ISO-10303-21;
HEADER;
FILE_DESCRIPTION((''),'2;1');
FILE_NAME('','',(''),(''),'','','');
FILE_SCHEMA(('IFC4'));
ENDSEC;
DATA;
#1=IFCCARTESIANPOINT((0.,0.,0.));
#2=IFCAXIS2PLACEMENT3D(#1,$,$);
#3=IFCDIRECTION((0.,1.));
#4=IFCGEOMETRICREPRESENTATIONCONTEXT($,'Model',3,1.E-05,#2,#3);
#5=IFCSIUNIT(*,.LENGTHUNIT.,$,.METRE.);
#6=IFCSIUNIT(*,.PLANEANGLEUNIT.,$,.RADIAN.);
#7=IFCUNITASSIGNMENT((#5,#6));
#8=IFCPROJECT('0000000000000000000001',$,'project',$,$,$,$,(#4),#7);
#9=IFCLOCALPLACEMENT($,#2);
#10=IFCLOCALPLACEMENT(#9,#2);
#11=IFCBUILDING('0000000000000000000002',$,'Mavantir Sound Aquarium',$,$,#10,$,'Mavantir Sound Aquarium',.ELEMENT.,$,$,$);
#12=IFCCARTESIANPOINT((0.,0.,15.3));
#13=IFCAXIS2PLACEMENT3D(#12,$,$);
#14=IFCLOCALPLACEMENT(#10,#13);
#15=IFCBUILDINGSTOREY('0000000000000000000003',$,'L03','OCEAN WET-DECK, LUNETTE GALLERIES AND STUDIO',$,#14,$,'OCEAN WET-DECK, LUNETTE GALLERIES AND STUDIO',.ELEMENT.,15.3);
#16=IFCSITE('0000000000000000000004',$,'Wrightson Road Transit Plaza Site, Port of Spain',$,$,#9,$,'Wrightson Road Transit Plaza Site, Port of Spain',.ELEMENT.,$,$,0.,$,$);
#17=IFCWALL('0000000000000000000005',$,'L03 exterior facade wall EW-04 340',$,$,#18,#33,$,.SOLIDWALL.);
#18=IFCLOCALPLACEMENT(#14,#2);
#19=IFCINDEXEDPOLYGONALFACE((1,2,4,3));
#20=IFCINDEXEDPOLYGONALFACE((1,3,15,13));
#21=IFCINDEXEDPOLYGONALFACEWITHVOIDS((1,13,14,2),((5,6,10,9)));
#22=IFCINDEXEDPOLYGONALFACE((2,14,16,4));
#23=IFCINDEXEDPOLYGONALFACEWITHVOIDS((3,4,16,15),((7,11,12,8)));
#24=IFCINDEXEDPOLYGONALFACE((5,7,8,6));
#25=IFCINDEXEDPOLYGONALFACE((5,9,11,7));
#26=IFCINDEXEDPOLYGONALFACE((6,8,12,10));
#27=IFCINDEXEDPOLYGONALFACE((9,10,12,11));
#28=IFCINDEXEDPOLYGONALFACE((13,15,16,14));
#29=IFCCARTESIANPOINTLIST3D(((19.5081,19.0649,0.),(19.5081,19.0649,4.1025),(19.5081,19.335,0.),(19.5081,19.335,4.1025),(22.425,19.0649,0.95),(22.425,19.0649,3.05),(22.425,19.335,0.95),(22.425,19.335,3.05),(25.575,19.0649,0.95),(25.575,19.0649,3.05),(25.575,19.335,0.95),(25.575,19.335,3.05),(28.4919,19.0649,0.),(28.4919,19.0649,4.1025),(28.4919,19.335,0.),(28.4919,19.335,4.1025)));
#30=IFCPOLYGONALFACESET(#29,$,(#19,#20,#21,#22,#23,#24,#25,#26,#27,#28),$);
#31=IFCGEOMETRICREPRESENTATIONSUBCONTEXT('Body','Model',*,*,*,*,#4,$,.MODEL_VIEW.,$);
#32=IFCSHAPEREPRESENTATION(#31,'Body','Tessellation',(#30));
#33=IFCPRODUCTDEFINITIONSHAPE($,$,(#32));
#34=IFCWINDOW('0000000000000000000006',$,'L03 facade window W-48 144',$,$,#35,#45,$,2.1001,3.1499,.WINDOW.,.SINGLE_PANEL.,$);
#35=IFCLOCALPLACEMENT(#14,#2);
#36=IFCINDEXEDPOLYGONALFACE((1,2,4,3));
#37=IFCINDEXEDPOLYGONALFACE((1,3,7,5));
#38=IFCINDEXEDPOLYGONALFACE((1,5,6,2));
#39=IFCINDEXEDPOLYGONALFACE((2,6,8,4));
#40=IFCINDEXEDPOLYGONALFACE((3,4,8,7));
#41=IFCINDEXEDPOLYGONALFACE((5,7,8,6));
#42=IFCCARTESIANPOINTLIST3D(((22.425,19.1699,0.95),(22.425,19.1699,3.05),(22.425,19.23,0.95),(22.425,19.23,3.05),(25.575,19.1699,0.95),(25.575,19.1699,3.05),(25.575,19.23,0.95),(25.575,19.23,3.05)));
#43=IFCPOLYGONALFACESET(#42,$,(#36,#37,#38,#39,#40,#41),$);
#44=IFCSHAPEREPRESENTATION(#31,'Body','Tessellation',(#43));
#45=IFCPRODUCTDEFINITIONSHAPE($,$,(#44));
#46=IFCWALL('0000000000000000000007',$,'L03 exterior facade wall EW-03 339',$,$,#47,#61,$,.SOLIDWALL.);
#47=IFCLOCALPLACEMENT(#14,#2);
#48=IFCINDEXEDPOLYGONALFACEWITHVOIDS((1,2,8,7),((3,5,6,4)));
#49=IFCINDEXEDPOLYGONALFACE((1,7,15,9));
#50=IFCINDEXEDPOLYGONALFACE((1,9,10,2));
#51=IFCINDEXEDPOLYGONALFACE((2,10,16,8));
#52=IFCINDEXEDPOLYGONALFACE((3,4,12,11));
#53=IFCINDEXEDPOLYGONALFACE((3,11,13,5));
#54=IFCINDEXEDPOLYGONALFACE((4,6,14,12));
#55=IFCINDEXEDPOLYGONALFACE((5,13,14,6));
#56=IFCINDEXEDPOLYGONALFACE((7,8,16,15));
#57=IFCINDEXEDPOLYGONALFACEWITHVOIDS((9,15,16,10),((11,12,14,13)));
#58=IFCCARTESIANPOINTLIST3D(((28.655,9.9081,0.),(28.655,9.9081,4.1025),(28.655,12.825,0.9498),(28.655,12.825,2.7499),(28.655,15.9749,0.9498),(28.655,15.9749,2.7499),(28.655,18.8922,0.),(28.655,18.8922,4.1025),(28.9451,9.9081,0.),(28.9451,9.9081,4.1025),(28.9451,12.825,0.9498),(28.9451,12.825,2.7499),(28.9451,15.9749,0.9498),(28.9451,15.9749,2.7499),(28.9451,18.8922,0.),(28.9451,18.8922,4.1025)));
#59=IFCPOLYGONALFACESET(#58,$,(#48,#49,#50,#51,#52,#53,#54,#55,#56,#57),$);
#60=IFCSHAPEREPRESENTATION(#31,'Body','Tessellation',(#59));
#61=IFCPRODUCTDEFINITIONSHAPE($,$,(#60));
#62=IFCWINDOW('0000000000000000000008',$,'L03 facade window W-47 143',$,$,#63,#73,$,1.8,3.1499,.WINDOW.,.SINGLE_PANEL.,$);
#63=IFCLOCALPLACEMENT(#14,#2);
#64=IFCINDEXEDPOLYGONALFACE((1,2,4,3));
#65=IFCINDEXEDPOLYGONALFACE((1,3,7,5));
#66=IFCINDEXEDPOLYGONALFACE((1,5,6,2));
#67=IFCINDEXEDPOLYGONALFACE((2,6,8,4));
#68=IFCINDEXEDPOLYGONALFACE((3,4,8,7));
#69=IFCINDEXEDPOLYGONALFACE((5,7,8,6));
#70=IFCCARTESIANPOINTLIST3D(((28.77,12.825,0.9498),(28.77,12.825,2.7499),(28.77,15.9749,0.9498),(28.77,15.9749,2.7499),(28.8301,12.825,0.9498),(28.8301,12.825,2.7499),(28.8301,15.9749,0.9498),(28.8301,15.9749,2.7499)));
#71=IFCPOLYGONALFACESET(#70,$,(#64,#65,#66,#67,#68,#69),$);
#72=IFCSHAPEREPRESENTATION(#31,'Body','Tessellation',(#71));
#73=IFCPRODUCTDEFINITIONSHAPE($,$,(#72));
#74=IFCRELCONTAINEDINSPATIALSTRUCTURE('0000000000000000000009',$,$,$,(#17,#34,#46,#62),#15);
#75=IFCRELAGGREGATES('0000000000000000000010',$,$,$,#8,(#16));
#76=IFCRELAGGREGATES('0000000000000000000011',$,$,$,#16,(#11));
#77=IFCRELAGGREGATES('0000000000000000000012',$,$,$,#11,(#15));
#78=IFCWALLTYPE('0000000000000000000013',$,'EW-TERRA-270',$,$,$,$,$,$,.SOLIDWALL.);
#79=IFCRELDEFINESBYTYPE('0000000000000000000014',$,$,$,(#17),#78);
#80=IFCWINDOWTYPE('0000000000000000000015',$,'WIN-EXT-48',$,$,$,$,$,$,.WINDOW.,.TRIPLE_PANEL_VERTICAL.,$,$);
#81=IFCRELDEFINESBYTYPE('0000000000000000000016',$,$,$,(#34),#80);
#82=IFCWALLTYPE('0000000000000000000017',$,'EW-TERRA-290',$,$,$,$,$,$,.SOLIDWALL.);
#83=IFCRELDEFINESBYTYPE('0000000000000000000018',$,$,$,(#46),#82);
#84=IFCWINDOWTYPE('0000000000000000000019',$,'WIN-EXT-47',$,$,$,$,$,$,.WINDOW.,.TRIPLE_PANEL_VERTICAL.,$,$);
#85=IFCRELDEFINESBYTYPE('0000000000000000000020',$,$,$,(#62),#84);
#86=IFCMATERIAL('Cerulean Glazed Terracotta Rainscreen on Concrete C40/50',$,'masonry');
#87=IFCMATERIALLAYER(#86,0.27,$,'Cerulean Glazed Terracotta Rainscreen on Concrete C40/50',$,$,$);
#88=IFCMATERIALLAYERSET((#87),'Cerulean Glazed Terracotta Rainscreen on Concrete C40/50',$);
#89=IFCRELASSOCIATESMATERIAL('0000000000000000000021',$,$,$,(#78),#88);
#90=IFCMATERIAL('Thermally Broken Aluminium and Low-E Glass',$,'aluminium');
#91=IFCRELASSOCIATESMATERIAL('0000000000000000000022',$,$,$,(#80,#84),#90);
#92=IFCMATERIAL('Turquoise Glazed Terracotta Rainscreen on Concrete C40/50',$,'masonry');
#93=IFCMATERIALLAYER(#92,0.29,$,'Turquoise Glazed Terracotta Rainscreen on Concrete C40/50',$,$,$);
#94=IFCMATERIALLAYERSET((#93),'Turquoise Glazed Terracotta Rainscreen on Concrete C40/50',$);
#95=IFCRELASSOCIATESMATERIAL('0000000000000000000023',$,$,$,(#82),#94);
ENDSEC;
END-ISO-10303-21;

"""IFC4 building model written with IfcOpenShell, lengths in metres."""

from ifc_helpers import new_model, si_unit, direction, frame, frame_2d, origin, place, context, subcontext, project, spatial, rectangle, extrude, material, layer, layer_set, type_object, element, fill, save


model = new_model("IFC4")

# Units and contexts
model_context = context("Model", 3, precision=1e-05, world=origin(), true_north=direction((0.0, 1.0)))
body_context = subcontext(model_context, "Body", "Model", "MODEL_VIEW")
ifc_project = project(units=[si_unit("LENGTHUNIT", "METRE"), si_unit("PLANEANGLEUNIT", "RADIAN")], contexts=[model_context])

# Site, building, storey
site_placement = place(None, origin())
site = spatial("IfcSite", under=ifc_project, at=site_placement, Name="Wrightson Road Transit Plaza Site, Port of Spain", LongName="Wrightson Road Transit Plaza Site, Port of Spain", CompositionType="ELEMENT", RefElevation=0.0)
building_placement = place(site_placement, origin())
building = spatial("IfcBuilding", under=site, at=building_placement, Name="Mavantir Sound Aquarium", LongName="Mavantir Sound Aquarium", CompositionType="ELEMENT")
storey_placement = place(building_placement, frame((0.0, 0.0, 15.3)))
storey = spatial("IfcBuildingStorey", under=building, at=storey_placement, Name="L03", Description="OCEAN WET-DECK, LUNETTE GALLERIES AND STUDIO", LongName="OCEAN WET-DECK, LUNETTE GALLERIES AND STUDIO", CompositionType="ELEMENT", Elevation=15.3)

# Shared definitions
ifc_material_1 = material(Name="Thermally Broken Aluminium and Low-E Glass", Category="aluminium")

# Walls, openings, windows
ifc_material_2 = material(Name="Cerulean Glazed Terracotta Rainscreen on Concrete C40/50", Category="masonry")
ifc_layer_1 = layer(ifc_material_2, 0.27, Name="Cerulean Glazed Terracotta Rainscreen on Concrete C40/50")
ifc_layer_set_1 = layer_set([ifc_layer_1], Name="Cerulean Glazed Terracotta Rainscreen on Concrete C40/50")
wall_type_1 = type_object("IfcWallType", Name="EW-TERRA-270", PredefinedType="SOLIDWALL", material=ifc_layer_set_1)
wall_1_placement = place(storey_placement, frame((28.4919, 19.2, 0.0), z_axis=(0.0, 0.0, 1.0), x_axis=(-1.0, 0.0, 0.0)))
wall_1 = element("IfcWall", 1, at=wall_1_placement, inside=storey, type_object=wall_type_1, Name="L03 exterior facade wall EW-04 340", PredefinedType="SOLIDWALL", context=body_context, shape_type="SweptSolid", body=[
    extrude(rectangle(XDim=8.9839, YDim=0.27, at=frame_2d((4.4919, 0.0))), origin(), (0.0, 0.0, 1.0), 4.1025),
])
opening_1_placement = place(wall_1_placement, frame((2.917, 0.0, 0.95)))
opening_1 = element("IfcOpeningElement", 2, at=opening_1_placement, cuts=wall_1, PredefinedType="OPENING", context=body_context, shape_type="SweptSolid", body=[
    extrude(rectangle(XDim=3.1499, YDim=2.1001, at=frame_2d((1.575, 1.05))), frame((0.0, 0.145, 0.0), z_axis=(0.0, -1.0, 0.0), x_axis=(1.0, 0.0, 0.0)), (0.0, 0.0, 1.0), 0.29),
])
window_type_1 = type_object("IfcWindowType", Name="WIN-EXT-48", PartitioningType="TRIPLE_PANEL_VERTICAL", PredefinedType="WINDOW", material=ifc_material_1)
window_1_placement = place(opening_1_placement, origin())
window_1 = element("IfcWindow", 3, at=window_1_placement, inside=storey, type_object=window_type_1, Name="L03 facade window W-48 144", OverallHeight=2.1001, OverallWidth=3.1499, PartitioningType="SINGLE_PANEL", PredefinedType="WINDOW", context=body_context, shape_type="SweptSolid", body=[
    extrude(rectangle(XDim=3.1499, YDim=2.1001, at=frame_2d((1.575, 1.05))), frame((0.0, 0.03, 0.0), z_axis=(0.0, -1.0, 0.0), x_axis=(1.0, 0.0, 0.0)), (0.0, 0.0, 1.0), 0.0601),
])
fill(opening_1, window_1)
ifc_material_3 = material(Name="Turquoise Glazed Terracotta Rainscreen on Concrete C40/50", Category="masonry")
ifc_layer_2 = layer(ifc_material_3, 0.29, Name="Turquoise Glazed Terracotta Rainscreen on Concrete C40/50")
ifc_layer_set_2 = layer_set([ifc_layer_2], Name="Turquoise Glazed Terracotta Rainscreen on Concrete C40/50")
wall_type_2 = type_object("IfcWallType", Name="EW-TERRA-290", PredefinedType="SOLIDWALL", material=ifc_layer_set_2)
wall_2_placement = place(storey_placement, frame((28.8, 9.908, 0.0), z_axis=(0.0, 0.0, 1.0), x_axis=(0.0, 1.0, 0.0)))
wall_2 = element("IfcWall", 4, at=wall_2_placement, inside=storey, type_object=wall_type_2, Name="L03 exterior facade wall EW-03 339", PredefinedType="SOLIDWALL", context=body_context, shape_type="SweptSolid", body=[
    extrude(rectangle(XDim=8.9841, YDim=0.29, at=frame_2d((4.4922, 0.0))), origin(), (0.0, 0.0, 1.0), 4.1025),
])
opening_2_placement = place(wall_2_placement, frame((2.917, 0.0, 0.95)))
opening_2 = element("IfcOpeningElement", 5, at=opening_2_placement, cuts=wall_2, PredefinedType="OPENING", context=body_context, shape_type="SweptSolid", body=[
    extrude(rectangle(XDim=3.1499, YDim=1.8, at=frame_2d((1.575, 0.8999))), frame((0.0, 0.155, 0.0), z_axis=(0.0, -1.0, 0.0), x_axis=(1.0, 0.0, 0.0)), (0.0, 0.0, 1.0), 0.3101),
])
window_type_2 = type_object("IfcWindowType", Name="WIN-EXT-47", PartitioningType="TRIPLE_PANEL_VERTICAL", PredefinedType="WINDOW", material=ifc_material_1)
window_2_placement = place(opening_2_placement, origin())
window_2 = element("IfcWindow", 6, at=window_2_placement, inside=storey, type_object=window_type_2, Name="L03 facade window W-47 143", OverallHeight=1.8, OverallWidth=3.1499, PartitioningType="SINGLE_PANEL", PredefinedType="WINDOW", context=body_context, shape_type="SweptSolid", body=[
    extrude(rectangle(XDim=3.1499, YDim=1.8, at=frame_2d((1.575, 0.8999))), frame((0.0, 0.03, 0.0), z_axis=(0.0, -1.0, 0.0), x_axis=(1.0, 0.0, 0.0)), (0.0, 0.0, 1.0), 0.0601),
])
fill(opening_2, window_2)

save(model, "model.ifc")
